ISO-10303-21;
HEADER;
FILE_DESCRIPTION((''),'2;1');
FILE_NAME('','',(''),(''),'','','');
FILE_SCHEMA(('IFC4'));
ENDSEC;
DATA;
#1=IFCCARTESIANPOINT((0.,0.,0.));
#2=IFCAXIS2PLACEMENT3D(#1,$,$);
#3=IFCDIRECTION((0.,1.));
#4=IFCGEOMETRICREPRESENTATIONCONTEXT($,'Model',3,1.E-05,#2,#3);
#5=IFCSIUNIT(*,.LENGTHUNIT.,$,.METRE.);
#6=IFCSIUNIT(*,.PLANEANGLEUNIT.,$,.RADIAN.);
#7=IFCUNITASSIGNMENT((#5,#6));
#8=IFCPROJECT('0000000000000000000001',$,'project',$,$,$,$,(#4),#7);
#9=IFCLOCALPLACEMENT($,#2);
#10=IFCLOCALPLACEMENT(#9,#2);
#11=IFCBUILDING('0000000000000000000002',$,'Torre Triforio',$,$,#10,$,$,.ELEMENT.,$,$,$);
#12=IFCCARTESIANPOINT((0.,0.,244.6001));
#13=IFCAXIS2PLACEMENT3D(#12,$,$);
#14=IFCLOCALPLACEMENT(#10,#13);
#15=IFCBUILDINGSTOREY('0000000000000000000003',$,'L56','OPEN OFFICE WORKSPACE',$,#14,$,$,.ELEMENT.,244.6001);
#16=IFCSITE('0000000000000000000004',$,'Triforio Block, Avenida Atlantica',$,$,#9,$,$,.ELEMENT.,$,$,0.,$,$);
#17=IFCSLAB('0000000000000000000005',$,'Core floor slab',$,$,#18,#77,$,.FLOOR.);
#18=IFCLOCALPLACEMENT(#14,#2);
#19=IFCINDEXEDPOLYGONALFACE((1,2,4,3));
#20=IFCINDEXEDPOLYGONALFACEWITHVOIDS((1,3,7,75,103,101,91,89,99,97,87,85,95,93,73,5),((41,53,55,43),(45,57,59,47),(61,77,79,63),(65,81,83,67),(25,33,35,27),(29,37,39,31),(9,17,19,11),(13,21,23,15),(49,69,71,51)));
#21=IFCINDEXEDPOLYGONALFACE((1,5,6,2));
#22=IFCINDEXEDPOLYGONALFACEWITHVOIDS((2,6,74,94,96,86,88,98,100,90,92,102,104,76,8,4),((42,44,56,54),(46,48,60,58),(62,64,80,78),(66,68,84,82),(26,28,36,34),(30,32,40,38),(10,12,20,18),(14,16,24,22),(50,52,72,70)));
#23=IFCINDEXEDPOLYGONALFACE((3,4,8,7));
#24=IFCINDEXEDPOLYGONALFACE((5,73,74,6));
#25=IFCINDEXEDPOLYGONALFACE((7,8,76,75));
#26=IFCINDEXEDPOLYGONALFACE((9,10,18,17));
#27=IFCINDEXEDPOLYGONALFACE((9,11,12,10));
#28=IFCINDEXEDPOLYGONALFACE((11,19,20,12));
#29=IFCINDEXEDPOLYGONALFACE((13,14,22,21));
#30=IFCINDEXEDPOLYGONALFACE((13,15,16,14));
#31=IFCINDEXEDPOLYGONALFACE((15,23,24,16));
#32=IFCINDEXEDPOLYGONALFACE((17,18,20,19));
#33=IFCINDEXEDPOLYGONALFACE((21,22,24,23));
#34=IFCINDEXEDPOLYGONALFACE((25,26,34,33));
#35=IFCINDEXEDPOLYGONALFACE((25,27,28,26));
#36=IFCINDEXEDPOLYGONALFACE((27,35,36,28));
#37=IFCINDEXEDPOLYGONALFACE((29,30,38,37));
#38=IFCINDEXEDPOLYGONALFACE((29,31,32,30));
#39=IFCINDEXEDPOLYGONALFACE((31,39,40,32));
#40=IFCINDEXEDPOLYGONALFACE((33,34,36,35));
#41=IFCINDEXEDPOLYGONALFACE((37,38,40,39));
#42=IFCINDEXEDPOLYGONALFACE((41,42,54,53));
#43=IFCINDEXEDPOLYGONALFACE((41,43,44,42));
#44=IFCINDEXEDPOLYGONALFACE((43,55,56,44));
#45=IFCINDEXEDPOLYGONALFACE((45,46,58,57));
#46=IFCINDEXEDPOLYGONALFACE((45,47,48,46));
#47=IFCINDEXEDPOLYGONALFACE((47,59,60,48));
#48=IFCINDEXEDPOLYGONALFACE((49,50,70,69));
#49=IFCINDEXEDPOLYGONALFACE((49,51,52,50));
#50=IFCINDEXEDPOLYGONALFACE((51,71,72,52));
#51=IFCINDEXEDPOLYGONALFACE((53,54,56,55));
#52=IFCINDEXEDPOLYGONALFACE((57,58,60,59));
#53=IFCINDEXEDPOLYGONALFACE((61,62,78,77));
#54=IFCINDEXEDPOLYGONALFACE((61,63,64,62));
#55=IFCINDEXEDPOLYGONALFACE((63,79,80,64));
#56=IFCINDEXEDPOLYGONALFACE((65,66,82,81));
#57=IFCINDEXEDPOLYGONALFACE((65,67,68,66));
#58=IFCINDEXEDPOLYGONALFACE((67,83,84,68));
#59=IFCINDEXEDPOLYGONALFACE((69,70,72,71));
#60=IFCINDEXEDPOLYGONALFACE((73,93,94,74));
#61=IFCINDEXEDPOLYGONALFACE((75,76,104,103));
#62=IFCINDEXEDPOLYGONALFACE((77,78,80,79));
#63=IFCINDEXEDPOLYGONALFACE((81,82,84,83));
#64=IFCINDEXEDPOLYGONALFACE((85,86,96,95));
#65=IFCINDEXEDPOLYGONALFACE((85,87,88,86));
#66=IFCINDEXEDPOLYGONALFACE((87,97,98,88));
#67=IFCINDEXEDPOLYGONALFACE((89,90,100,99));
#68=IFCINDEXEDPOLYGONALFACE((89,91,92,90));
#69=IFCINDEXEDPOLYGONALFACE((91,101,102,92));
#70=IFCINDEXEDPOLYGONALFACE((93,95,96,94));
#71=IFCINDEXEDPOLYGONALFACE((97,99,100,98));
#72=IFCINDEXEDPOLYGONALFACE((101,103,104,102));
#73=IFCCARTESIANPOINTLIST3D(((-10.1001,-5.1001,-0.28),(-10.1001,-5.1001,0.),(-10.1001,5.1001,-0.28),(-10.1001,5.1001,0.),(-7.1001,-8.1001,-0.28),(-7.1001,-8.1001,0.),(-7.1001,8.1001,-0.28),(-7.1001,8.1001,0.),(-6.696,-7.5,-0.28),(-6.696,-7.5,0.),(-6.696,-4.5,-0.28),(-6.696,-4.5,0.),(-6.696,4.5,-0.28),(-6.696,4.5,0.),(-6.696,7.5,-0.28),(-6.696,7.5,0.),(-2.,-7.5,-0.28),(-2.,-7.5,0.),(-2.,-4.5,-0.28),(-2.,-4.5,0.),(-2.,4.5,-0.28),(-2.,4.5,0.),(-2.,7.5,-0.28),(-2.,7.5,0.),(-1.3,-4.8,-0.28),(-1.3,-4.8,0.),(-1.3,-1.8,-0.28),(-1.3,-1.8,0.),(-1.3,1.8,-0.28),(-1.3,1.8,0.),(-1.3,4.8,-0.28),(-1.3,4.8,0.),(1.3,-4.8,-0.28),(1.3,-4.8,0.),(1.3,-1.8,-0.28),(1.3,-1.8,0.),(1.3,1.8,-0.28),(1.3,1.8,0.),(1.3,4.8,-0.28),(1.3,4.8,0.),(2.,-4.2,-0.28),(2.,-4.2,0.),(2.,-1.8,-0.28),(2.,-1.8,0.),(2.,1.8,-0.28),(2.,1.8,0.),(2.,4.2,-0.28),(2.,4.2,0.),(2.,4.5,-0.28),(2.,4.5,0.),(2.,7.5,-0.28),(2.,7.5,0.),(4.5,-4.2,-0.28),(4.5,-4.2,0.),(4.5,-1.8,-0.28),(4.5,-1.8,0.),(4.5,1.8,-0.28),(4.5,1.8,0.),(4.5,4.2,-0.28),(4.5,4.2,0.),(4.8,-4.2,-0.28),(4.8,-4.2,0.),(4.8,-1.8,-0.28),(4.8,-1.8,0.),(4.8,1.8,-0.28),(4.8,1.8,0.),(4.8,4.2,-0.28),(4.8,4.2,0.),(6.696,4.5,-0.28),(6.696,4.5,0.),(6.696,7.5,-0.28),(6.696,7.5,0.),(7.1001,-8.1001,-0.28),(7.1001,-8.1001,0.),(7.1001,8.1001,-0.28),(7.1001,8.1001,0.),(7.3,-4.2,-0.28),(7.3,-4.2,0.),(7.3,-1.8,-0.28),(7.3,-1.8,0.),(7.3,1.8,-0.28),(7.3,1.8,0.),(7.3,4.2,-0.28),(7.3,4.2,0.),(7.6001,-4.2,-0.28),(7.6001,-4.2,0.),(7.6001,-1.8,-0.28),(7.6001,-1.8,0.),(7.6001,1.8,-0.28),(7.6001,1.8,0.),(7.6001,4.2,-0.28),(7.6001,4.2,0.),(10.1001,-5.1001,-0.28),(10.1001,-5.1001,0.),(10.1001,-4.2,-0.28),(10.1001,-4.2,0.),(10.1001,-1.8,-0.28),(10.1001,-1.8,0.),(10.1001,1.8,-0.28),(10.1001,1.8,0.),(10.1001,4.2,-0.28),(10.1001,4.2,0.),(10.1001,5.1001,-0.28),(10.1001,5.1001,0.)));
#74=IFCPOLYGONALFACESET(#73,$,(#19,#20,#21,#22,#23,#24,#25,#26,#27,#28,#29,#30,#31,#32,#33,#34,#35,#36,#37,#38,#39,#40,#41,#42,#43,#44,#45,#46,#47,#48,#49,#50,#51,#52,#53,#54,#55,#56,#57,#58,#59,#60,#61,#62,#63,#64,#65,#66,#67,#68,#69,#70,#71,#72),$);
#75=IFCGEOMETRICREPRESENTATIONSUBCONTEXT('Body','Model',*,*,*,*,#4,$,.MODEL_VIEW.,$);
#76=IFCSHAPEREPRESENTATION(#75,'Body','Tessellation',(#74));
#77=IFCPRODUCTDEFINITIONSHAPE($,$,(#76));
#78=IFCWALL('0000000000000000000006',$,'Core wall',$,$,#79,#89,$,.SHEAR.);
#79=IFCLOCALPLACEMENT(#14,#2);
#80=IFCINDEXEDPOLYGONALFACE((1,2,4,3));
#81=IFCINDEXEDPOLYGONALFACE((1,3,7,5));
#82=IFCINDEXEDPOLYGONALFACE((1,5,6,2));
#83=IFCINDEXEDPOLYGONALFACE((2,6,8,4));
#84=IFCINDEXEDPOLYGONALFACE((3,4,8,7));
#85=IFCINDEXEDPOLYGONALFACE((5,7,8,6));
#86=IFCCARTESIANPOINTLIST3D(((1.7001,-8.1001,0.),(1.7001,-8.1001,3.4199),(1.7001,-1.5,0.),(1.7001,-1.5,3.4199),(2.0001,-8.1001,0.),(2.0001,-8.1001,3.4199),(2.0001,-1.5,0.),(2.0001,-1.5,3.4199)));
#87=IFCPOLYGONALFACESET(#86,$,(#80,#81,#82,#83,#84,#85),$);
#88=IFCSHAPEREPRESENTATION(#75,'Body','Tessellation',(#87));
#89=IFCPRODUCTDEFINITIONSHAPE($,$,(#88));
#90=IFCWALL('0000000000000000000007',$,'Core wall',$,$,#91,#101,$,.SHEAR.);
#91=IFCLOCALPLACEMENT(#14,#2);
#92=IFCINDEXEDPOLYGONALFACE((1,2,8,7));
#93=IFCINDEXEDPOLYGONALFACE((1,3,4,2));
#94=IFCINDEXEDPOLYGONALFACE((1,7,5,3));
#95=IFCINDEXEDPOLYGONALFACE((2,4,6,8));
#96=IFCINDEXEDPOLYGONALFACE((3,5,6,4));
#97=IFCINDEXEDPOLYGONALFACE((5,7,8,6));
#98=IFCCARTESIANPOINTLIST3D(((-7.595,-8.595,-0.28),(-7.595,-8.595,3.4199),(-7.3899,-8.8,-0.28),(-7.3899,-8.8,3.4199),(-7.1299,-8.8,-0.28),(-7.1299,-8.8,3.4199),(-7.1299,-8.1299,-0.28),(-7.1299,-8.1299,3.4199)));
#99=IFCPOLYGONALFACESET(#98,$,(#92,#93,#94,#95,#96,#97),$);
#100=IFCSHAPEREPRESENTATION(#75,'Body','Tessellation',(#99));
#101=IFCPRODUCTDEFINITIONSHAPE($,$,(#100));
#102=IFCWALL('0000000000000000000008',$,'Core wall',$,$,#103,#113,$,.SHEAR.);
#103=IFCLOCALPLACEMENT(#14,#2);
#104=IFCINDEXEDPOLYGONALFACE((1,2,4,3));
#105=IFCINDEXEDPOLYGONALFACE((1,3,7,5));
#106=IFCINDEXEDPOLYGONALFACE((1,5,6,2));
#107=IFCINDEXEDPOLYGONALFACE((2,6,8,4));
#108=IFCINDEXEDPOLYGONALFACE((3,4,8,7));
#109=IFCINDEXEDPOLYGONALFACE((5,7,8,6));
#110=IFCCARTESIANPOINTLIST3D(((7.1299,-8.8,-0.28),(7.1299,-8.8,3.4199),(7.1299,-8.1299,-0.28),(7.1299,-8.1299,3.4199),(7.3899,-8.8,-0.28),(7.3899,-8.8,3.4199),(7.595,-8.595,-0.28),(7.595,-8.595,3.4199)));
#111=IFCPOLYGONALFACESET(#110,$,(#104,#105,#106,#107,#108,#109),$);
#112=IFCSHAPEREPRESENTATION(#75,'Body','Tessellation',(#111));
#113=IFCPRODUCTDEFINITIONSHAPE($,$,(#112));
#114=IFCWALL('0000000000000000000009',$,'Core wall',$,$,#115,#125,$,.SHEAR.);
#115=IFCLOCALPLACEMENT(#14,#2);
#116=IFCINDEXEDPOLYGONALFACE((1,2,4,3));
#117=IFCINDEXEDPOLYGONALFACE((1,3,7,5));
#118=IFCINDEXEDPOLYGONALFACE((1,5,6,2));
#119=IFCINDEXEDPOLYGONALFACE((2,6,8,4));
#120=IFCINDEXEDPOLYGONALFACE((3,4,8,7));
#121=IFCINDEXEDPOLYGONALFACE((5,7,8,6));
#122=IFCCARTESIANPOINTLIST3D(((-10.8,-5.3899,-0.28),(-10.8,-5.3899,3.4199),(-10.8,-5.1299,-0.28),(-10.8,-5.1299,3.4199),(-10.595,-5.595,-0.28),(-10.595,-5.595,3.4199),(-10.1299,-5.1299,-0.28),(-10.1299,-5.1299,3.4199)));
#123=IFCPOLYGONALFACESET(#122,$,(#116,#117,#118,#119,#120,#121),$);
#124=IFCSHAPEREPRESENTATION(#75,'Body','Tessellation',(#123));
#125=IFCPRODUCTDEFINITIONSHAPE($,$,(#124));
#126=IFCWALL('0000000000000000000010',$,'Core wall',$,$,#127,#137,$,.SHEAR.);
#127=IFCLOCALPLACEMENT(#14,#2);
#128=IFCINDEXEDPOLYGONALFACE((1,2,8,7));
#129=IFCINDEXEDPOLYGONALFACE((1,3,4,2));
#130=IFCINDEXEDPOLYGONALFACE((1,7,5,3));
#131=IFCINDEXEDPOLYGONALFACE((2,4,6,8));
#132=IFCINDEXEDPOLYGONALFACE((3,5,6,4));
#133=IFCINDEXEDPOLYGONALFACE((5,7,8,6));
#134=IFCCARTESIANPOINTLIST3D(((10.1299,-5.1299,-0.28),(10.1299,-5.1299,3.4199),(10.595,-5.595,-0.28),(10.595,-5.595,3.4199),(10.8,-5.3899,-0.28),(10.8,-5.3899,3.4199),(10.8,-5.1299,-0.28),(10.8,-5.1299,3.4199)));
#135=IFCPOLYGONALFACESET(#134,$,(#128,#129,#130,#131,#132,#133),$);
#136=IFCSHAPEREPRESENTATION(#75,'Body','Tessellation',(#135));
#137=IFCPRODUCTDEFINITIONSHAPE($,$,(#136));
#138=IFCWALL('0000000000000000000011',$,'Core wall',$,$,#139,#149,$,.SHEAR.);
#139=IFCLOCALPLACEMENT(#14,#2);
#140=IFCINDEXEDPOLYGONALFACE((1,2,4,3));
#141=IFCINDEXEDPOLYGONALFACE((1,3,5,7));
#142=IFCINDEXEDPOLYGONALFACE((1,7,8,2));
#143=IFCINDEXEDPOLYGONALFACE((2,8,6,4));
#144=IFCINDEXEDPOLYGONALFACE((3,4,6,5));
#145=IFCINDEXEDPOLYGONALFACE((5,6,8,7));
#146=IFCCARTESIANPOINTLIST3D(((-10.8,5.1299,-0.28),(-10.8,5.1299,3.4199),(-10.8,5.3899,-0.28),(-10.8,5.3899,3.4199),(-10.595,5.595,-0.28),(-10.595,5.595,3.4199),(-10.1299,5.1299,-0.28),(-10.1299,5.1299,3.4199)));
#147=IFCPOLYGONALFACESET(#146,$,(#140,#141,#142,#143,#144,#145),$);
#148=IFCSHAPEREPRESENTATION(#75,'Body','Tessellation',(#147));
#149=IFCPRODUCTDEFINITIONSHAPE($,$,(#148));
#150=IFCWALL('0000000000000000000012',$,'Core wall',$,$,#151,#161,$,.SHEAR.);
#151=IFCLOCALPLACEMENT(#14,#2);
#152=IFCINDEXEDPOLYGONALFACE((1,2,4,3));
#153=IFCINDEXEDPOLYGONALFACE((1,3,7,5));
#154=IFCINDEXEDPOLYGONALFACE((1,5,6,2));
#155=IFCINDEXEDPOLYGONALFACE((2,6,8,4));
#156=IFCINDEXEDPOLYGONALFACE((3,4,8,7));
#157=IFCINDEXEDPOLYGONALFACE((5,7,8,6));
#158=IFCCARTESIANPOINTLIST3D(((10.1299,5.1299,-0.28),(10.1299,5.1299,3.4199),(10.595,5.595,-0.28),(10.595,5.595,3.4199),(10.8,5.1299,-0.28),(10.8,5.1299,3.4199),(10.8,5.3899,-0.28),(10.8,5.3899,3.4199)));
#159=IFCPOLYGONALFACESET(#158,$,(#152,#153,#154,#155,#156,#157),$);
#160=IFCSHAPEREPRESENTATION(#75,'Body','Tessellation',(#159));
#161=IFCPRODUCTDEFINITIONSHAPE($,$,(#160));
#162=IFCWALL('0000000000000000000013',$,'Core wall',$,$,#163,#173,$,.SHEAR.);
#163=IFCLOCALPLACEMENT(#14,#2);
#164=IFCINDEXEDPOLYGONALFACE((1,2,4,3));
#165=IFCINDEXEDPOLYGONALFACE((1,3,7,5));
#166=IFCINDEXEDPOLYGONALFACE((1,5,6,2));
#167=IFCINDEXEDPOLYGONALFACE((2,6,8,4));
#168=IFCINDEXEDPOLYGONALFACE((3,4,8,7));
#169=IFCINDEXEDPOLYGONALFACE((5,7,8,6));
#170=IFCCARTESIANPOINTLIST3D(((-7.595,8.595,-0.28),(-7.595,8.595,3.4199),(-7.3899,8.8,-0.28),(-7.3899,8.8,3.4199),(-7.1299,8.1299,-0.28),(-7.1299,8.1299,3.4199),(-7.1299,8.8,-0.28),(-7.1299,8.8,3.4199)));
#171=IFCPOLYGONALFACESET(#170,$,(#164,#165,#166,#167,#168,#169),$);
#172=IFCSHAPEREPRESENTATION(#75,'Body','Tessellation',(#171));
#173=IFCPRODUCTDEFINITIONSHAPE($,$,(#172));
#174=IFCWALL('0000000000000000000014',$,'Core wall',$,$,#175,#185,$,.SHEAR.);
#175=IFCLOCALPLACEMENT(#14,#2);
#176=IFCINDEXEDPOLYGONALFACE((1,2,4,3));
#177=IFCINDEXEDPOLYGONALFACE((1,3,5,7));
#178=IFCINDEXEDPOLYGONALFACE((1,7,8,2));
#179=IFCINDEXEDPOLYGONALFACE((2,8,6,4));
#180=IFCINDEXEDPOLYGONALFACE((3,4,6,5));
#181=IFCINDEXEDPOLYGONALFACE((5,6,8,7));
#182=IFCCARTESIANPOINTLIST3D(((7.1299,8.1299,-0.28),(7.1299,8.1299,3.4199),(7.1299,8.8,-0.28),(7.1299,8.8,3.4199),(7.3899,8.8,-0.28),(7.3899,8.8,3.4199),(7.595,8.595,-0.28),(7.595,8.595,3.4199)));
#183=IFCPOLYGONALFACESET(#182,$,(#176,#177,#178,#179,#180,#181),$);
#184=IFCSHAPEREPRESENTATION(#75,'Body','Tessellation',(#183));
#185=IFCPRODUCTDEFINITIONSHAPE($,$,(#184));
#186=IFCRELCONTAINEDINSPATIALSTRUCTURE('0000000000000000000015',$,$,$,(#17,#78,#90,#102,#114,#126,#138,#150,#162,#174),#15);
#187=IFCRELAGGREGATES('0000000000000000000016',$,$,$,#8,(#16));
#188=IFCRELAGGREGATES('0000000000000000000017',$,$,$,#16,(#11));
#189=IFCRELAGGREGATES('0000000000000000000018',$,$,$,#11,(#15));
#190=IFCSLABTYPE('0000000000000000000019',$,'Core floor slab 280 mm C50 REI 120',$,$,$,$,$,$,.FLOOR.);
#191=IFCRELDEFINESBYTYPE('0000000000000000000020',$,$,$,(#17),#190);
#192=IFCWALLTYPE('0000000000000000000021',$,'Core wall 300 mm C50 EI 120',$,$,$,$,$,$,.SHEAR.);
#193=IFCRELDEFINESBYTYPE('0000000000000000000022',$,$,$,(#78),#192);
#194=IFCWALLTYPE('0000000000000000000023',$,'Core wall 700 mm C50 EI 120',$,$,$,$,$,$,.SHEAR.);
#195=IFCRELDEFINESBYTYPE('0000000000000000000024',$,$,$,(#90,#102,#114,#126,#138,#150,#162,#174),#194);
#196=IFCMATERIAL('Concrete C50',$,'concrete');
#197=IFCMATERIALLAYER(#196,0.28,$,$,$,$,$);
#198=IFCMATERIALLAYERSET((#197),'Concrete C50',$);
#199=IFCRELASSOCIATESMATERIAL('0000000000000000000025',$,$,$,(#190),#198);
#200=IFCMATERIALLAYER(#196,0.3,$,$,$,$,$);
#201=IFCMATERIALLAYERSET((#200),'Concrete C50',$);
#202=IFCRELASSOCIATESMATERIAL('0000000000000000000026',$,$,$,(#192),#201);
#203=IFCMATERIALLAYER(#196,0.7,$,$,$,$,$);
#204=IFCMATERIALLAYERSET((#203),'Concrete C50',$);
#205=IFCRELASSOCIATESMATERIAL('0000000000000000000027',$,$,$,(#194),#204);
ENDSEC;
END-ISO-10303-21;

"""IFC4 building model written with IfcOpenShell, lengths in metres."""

from ifc_helpers import new_model, si_unit, direction, frame, frame_2d, origin, place, context, subcontext, project, spatial, polyline, rectangle, outline, extrude, material, layer, layer_set, type_object, element, save


model = new_model("IFC4")

# Units and contexts
model_context = context("Model", 3, precision=1e-05, world=origin(), true_north=direction((0.0, 1.0)))
body_context = subcontext(model_context, "Body", "Model", "MODEL_VIEW")
ifc_project = project(units=[si_unit("LENGTHUNIT", "METRE"), si_unit("PLANEANGLEUNIT", "RADIAN")], contexts=[model_context])

# Site, building, storey
site_placement = place(None, origin())
site = spatial("IfcSite", under=ifc_project, at=site_placement, Name="Triforio Block, Avenida Atlantica", CompositionType="ELEMENT", RefElevation=0.0)
building_placement = place(site_placement, origin())
building = spatial("IfcBuilding", under=site, at=building_placement, Name="Torre Triforio", CompositionType="ELEMENT")
storey_placement = place(building_placement, frame((0.0, 0.0, 244.6001)))
storey = spatial("IfcBuildingStorey", under=building, at=storey_placement, Name="L56", Description="OPEN OFFICE WORKSPACE", CompositionType="ELEMENT", Elevation=244.6001)

# Slab
ifc_material_1 = material(Name="Concrete C50", Category="concrete")
ifc_layer_1 = layer(ifc_material_1, 0.28)
ifc_layer_set_1 = layer_set([ifc_layer_1], Name="Concrete C50")
slab_type = type_object("IfcSlabType", Name="Core floor slab 280 mm C50 REI 120", PredefinedType="FLOOR", material=ifc_layer_set_1)
slab_placement = place(storey_placement, frame((0.0, 0.0, -0.28)))
element("IfcSlab", 1, at=slab_placement, inside=storey, type_object=slab_type, Name="Core floor slab", PredefinedType="FLOOR", context=body_context, shape_type="SweptSolid", body=[
    extrude(outline(polyline([(10.1001, -5.1001), (7.1001, -8.1001), (-7.1001, -8.1001), (-10.1001, -5.1001), (-10.1001, 5.1001), (-7.1001, 8.1001), (7.1001, 8.1001), (10.1001, 5.1001), (10.1001, 4.2), (7.6001, 4.2), (7.6001, 1.8), (10.1001, 1.8), (10.1001, -1.8), (7.6001, -1.8), (7.6001, -4.2), (10.1001, -4.2), (10.1001, -5.1001)]), holes=[polyline([(-6.696, -4.5), (-6.696, -7.5), (-2.0, -7.5), (-2.0, -4.5), (-6.696, -4.5)]), polyline([(-1.3, -1.8), (-1.3, -4.8), (1.3, -4.8), (1.3, -1.8), (-1.3, -1.8)]), polyline([(2.0, -1.8), (2.0, -4.2), (4.5, -4.2), (4.5, -1.8), (2.0, -1.8)]), polyline([(4.5, 4.2), (2.0, 4.2), (2.0, 1.8), (4.5, 1.8), (4.5, 4.2)]), polyline([(1.3, 4.8), (-1.3, 4.8), (-1.3, 1.8), (1.3, 1.8), (1.3, 4.8)]), polyline([(-6.696, 7.5), (-6.696, 4.5), (-2.0, 4.5), (-2.0, 7.5), (-6.696, 7.5)]), polyline([(7.3, -1.8), (4.8, -1.8), (4.8, -4.2), (7.3, -4.2), (7.3, -1.8)]), polyline([(4.8, 4.2), (4.8, 1.8), (7.3, 1.8), (7.3, 4.2), (4.8, 4.2)]), polyline([(6.696, 7.5), (2.0, 7.5), (2.0, 4.5), (6.696, 4.5), (6.696, 7.5)])]), origin(), (0.0, 0.0, 1.0), 0.28),
])

# Walls
ifc_layer_2 = layer(ifc_material_1, 0.3)
ifc_layer_set_2 = layer_set([ifc_layer_2], Name="Concrete C50")
wall_type_1 = type_object("IfcWallType", Name="Core wall 300 mm C50 EI 120", PredefinedType="SHEAR", material=ifc_layer_set_2)
wall_1_placement = place(storey_placement, frame((1.8501, -8.1001, 0.0), z_axis=(0.0, 0.0, 1.0), x_axis=(0.0, 1.0, 0.0)))
element("IfcWall", 2, at=wall_1_placement, inside=storey, type_object=wall_type_1, Name="Core wall", PredefinedType="SHEAR", context=body_context, shape_type="SweptSolid", body=[
    extrude(rectangle(XDim=6.6001, YDim=0.3, at=frame_2d((3.3, 0.0))), origin(), (0.0, 0.0, 1.0), 3.4199),
])
ifc_layer_3 = layer(ifc_material_1, 0.7)
ifc_layer_set_3 = layer_set([ifc_layer_3], Name="Concrete C50")
wall_type_2 = type_object("IfcWallType", Name="Core wall 700 mm C50 EI 120", PredefinedType="SHEAR", material=ifc_layer_set_3)
wall_2_placement = place(storey_placement, frame((0.0, 0.0, -0.28)))
element("IfcWall", 3, at=wall_2_placement, inside=storey, type_object=wall_type_2, Name="Core wall", PredefinedType="SHEAR", context=body_context, shape_type="SweptSolid", body=[
    extrude(outline(polyline([(-7.3899, -8.8), (-7.595, -8.595), (-7.595, -8.595), (-7.595, -8.595), (-7.1299, -8.1299), (-7.1299, -8.8), (-7.1299, -8.8), (-7.3899, -8.8)])), origin(), (0.0, 0.0, 1.0), 3.7),
])
wall_3_placement = place(storey_placement, frame((0.0, 0.0, -0.28)))
element("IfcWall", 4, at=wall_3_placement, inside=storey, type_object=wall_type_2, Name="Core wall", PredefinedType="SHEAR", context=body_context, shape_type="SweptSolid", body=[
    extrude(outline(polyline([(7.3899, -8.8), (7.1299, -8.8), (7.1299, -8.8), (7.1299, -8.1299), (7.595, -8.595), (7.595, -8.595), (7.595, -8.595), (7.3899, -8.8)])), origin(), (0.0, 0.0, 1.0), 3.7),
])
wall_4_placement = place(storey_placement, frame((0.0, 0.0, -0.28)))
element("IfcWall", 5, at=wall_4_placement, inside=storey, type_object=wall_type_2, Name="Core wall", PredefinedType="SHEAR", context=body_context, shape_type="SweptSolid", body=[
    extrude(outline(polyline([(-10.8, -5.3899), (-10.8, -5.1299), (-10.8, -5.1299), (-10.1299, -5.1299), (-10.595, -5.595), (-10.595, -5.595), (-10.595, -5.595), (-10.8, -5.3899)])), origin(), (0.0, 0.0, 1.0), 3.7),
])
wall_5_placement = place(storey_placement, frame((0.0, 0.0, -0.28)))
element("IfcWall", 6, at=wall_5_placement, inside=storey, type_object=wall_type_2, Name="Core wall", PredefinedType="SHEAR", context=body_context, shape_type="SweptSolid", body=[
    extrude(outline(polyline([(10.8, -5.3899), (10.595, -5.595), (10.595, -5.595), (10.595, -5.595), (10.1299, -5.1299), (10.8, -5.1299), (10.8, -5.1299), (10.8, -5.3899)])), origin(), (0.0, 0.0, 1.0), 3.7),
])
wall_6_placement = place(storey_placement, frame((0.0, 0.0, -0.28)))
element("IfcWall", 7, at=wall_6_placement, inside=storey, type_object=wall_type_2, Name="Core wall", PredefinedType="SHEAR", context=body_context, shape_type="SweptSolid", body=[
    extrude(outline(polyline([(-10.595, 5.595), (-10.595, 5.595), (-10.595, 5.595), (-10.1299, 5.1299), (-10.8, 5.1299), (-10.8, 5.1299), (-10.8, 5.3899), (-10.595, 5.595)])), origin(), (0.0, 0.0, 1.0), 3.7),
])
wall_7_placement = place(storey_placement, frame((0.0, 0.0, -0.28)))
element("IfcWall", 8, at=wall_7_placement, inside=storey, type_object=wall_type_2, Name="Core wall", PredefinedType="SHEAR", context=body_context, shape_type="SweptSolid", body=[
    extrude(outline(polyline([(10.8, 5.3899), (10.8, 5.1299), (10.8, 5.1299), (10.1299, 5.1299), (10.595, 5.595), (10.595, 5.595), (10.595, 5.595), (10.8, 5.3899)])), origin(), (0.0, 0.0, 1.0), 3.7),
])
wall_8_placement = place(storey_placement, frame((0.0, 0.0, -0.28)))
element("IfcWall", 9, at=wall_8_placement, inside=storey, type_object=wall_type_2, Name="Core wall", PredefinedType="SHEAR", context=body_context, shape_type="SweptSolid", body=[
    extrude(outline(polyline([(-7.3899, 8.8), (-7.1299, 8.8), (-7.1299, 8.8), (-7.1299, 8.1299), (-7.595, 8.595), (-7.595, 8.595), (-7.595, 8.595), (-7.3899, 8.8)])), origin(), (0.0, 0.0, 1.0), 3.7),
])
wall_9_placement = place(storey_placement, frame((0.0, 0.0, -0.28)))
element("IfcWall", 10, at=wall_9_placement, inside=storey, type_object=wall_type_2, Name="Core wall", PredefinedType="SHEAR", context=body_context, shape_type="SweptSolid", body=[
    extrude(outline(polyline([(7.3899, 8.8), (7.595, 8.595), (7.595, 8.595), (7.595, 8.595), (7.1299, 8.1299), (7.1299, 8.8), (7.1299, 8.8), (7.3899, 8.8)])), origin(), (0.0, 0.0, 1.0), 3.7),
])

save(model, "model.ifc")
